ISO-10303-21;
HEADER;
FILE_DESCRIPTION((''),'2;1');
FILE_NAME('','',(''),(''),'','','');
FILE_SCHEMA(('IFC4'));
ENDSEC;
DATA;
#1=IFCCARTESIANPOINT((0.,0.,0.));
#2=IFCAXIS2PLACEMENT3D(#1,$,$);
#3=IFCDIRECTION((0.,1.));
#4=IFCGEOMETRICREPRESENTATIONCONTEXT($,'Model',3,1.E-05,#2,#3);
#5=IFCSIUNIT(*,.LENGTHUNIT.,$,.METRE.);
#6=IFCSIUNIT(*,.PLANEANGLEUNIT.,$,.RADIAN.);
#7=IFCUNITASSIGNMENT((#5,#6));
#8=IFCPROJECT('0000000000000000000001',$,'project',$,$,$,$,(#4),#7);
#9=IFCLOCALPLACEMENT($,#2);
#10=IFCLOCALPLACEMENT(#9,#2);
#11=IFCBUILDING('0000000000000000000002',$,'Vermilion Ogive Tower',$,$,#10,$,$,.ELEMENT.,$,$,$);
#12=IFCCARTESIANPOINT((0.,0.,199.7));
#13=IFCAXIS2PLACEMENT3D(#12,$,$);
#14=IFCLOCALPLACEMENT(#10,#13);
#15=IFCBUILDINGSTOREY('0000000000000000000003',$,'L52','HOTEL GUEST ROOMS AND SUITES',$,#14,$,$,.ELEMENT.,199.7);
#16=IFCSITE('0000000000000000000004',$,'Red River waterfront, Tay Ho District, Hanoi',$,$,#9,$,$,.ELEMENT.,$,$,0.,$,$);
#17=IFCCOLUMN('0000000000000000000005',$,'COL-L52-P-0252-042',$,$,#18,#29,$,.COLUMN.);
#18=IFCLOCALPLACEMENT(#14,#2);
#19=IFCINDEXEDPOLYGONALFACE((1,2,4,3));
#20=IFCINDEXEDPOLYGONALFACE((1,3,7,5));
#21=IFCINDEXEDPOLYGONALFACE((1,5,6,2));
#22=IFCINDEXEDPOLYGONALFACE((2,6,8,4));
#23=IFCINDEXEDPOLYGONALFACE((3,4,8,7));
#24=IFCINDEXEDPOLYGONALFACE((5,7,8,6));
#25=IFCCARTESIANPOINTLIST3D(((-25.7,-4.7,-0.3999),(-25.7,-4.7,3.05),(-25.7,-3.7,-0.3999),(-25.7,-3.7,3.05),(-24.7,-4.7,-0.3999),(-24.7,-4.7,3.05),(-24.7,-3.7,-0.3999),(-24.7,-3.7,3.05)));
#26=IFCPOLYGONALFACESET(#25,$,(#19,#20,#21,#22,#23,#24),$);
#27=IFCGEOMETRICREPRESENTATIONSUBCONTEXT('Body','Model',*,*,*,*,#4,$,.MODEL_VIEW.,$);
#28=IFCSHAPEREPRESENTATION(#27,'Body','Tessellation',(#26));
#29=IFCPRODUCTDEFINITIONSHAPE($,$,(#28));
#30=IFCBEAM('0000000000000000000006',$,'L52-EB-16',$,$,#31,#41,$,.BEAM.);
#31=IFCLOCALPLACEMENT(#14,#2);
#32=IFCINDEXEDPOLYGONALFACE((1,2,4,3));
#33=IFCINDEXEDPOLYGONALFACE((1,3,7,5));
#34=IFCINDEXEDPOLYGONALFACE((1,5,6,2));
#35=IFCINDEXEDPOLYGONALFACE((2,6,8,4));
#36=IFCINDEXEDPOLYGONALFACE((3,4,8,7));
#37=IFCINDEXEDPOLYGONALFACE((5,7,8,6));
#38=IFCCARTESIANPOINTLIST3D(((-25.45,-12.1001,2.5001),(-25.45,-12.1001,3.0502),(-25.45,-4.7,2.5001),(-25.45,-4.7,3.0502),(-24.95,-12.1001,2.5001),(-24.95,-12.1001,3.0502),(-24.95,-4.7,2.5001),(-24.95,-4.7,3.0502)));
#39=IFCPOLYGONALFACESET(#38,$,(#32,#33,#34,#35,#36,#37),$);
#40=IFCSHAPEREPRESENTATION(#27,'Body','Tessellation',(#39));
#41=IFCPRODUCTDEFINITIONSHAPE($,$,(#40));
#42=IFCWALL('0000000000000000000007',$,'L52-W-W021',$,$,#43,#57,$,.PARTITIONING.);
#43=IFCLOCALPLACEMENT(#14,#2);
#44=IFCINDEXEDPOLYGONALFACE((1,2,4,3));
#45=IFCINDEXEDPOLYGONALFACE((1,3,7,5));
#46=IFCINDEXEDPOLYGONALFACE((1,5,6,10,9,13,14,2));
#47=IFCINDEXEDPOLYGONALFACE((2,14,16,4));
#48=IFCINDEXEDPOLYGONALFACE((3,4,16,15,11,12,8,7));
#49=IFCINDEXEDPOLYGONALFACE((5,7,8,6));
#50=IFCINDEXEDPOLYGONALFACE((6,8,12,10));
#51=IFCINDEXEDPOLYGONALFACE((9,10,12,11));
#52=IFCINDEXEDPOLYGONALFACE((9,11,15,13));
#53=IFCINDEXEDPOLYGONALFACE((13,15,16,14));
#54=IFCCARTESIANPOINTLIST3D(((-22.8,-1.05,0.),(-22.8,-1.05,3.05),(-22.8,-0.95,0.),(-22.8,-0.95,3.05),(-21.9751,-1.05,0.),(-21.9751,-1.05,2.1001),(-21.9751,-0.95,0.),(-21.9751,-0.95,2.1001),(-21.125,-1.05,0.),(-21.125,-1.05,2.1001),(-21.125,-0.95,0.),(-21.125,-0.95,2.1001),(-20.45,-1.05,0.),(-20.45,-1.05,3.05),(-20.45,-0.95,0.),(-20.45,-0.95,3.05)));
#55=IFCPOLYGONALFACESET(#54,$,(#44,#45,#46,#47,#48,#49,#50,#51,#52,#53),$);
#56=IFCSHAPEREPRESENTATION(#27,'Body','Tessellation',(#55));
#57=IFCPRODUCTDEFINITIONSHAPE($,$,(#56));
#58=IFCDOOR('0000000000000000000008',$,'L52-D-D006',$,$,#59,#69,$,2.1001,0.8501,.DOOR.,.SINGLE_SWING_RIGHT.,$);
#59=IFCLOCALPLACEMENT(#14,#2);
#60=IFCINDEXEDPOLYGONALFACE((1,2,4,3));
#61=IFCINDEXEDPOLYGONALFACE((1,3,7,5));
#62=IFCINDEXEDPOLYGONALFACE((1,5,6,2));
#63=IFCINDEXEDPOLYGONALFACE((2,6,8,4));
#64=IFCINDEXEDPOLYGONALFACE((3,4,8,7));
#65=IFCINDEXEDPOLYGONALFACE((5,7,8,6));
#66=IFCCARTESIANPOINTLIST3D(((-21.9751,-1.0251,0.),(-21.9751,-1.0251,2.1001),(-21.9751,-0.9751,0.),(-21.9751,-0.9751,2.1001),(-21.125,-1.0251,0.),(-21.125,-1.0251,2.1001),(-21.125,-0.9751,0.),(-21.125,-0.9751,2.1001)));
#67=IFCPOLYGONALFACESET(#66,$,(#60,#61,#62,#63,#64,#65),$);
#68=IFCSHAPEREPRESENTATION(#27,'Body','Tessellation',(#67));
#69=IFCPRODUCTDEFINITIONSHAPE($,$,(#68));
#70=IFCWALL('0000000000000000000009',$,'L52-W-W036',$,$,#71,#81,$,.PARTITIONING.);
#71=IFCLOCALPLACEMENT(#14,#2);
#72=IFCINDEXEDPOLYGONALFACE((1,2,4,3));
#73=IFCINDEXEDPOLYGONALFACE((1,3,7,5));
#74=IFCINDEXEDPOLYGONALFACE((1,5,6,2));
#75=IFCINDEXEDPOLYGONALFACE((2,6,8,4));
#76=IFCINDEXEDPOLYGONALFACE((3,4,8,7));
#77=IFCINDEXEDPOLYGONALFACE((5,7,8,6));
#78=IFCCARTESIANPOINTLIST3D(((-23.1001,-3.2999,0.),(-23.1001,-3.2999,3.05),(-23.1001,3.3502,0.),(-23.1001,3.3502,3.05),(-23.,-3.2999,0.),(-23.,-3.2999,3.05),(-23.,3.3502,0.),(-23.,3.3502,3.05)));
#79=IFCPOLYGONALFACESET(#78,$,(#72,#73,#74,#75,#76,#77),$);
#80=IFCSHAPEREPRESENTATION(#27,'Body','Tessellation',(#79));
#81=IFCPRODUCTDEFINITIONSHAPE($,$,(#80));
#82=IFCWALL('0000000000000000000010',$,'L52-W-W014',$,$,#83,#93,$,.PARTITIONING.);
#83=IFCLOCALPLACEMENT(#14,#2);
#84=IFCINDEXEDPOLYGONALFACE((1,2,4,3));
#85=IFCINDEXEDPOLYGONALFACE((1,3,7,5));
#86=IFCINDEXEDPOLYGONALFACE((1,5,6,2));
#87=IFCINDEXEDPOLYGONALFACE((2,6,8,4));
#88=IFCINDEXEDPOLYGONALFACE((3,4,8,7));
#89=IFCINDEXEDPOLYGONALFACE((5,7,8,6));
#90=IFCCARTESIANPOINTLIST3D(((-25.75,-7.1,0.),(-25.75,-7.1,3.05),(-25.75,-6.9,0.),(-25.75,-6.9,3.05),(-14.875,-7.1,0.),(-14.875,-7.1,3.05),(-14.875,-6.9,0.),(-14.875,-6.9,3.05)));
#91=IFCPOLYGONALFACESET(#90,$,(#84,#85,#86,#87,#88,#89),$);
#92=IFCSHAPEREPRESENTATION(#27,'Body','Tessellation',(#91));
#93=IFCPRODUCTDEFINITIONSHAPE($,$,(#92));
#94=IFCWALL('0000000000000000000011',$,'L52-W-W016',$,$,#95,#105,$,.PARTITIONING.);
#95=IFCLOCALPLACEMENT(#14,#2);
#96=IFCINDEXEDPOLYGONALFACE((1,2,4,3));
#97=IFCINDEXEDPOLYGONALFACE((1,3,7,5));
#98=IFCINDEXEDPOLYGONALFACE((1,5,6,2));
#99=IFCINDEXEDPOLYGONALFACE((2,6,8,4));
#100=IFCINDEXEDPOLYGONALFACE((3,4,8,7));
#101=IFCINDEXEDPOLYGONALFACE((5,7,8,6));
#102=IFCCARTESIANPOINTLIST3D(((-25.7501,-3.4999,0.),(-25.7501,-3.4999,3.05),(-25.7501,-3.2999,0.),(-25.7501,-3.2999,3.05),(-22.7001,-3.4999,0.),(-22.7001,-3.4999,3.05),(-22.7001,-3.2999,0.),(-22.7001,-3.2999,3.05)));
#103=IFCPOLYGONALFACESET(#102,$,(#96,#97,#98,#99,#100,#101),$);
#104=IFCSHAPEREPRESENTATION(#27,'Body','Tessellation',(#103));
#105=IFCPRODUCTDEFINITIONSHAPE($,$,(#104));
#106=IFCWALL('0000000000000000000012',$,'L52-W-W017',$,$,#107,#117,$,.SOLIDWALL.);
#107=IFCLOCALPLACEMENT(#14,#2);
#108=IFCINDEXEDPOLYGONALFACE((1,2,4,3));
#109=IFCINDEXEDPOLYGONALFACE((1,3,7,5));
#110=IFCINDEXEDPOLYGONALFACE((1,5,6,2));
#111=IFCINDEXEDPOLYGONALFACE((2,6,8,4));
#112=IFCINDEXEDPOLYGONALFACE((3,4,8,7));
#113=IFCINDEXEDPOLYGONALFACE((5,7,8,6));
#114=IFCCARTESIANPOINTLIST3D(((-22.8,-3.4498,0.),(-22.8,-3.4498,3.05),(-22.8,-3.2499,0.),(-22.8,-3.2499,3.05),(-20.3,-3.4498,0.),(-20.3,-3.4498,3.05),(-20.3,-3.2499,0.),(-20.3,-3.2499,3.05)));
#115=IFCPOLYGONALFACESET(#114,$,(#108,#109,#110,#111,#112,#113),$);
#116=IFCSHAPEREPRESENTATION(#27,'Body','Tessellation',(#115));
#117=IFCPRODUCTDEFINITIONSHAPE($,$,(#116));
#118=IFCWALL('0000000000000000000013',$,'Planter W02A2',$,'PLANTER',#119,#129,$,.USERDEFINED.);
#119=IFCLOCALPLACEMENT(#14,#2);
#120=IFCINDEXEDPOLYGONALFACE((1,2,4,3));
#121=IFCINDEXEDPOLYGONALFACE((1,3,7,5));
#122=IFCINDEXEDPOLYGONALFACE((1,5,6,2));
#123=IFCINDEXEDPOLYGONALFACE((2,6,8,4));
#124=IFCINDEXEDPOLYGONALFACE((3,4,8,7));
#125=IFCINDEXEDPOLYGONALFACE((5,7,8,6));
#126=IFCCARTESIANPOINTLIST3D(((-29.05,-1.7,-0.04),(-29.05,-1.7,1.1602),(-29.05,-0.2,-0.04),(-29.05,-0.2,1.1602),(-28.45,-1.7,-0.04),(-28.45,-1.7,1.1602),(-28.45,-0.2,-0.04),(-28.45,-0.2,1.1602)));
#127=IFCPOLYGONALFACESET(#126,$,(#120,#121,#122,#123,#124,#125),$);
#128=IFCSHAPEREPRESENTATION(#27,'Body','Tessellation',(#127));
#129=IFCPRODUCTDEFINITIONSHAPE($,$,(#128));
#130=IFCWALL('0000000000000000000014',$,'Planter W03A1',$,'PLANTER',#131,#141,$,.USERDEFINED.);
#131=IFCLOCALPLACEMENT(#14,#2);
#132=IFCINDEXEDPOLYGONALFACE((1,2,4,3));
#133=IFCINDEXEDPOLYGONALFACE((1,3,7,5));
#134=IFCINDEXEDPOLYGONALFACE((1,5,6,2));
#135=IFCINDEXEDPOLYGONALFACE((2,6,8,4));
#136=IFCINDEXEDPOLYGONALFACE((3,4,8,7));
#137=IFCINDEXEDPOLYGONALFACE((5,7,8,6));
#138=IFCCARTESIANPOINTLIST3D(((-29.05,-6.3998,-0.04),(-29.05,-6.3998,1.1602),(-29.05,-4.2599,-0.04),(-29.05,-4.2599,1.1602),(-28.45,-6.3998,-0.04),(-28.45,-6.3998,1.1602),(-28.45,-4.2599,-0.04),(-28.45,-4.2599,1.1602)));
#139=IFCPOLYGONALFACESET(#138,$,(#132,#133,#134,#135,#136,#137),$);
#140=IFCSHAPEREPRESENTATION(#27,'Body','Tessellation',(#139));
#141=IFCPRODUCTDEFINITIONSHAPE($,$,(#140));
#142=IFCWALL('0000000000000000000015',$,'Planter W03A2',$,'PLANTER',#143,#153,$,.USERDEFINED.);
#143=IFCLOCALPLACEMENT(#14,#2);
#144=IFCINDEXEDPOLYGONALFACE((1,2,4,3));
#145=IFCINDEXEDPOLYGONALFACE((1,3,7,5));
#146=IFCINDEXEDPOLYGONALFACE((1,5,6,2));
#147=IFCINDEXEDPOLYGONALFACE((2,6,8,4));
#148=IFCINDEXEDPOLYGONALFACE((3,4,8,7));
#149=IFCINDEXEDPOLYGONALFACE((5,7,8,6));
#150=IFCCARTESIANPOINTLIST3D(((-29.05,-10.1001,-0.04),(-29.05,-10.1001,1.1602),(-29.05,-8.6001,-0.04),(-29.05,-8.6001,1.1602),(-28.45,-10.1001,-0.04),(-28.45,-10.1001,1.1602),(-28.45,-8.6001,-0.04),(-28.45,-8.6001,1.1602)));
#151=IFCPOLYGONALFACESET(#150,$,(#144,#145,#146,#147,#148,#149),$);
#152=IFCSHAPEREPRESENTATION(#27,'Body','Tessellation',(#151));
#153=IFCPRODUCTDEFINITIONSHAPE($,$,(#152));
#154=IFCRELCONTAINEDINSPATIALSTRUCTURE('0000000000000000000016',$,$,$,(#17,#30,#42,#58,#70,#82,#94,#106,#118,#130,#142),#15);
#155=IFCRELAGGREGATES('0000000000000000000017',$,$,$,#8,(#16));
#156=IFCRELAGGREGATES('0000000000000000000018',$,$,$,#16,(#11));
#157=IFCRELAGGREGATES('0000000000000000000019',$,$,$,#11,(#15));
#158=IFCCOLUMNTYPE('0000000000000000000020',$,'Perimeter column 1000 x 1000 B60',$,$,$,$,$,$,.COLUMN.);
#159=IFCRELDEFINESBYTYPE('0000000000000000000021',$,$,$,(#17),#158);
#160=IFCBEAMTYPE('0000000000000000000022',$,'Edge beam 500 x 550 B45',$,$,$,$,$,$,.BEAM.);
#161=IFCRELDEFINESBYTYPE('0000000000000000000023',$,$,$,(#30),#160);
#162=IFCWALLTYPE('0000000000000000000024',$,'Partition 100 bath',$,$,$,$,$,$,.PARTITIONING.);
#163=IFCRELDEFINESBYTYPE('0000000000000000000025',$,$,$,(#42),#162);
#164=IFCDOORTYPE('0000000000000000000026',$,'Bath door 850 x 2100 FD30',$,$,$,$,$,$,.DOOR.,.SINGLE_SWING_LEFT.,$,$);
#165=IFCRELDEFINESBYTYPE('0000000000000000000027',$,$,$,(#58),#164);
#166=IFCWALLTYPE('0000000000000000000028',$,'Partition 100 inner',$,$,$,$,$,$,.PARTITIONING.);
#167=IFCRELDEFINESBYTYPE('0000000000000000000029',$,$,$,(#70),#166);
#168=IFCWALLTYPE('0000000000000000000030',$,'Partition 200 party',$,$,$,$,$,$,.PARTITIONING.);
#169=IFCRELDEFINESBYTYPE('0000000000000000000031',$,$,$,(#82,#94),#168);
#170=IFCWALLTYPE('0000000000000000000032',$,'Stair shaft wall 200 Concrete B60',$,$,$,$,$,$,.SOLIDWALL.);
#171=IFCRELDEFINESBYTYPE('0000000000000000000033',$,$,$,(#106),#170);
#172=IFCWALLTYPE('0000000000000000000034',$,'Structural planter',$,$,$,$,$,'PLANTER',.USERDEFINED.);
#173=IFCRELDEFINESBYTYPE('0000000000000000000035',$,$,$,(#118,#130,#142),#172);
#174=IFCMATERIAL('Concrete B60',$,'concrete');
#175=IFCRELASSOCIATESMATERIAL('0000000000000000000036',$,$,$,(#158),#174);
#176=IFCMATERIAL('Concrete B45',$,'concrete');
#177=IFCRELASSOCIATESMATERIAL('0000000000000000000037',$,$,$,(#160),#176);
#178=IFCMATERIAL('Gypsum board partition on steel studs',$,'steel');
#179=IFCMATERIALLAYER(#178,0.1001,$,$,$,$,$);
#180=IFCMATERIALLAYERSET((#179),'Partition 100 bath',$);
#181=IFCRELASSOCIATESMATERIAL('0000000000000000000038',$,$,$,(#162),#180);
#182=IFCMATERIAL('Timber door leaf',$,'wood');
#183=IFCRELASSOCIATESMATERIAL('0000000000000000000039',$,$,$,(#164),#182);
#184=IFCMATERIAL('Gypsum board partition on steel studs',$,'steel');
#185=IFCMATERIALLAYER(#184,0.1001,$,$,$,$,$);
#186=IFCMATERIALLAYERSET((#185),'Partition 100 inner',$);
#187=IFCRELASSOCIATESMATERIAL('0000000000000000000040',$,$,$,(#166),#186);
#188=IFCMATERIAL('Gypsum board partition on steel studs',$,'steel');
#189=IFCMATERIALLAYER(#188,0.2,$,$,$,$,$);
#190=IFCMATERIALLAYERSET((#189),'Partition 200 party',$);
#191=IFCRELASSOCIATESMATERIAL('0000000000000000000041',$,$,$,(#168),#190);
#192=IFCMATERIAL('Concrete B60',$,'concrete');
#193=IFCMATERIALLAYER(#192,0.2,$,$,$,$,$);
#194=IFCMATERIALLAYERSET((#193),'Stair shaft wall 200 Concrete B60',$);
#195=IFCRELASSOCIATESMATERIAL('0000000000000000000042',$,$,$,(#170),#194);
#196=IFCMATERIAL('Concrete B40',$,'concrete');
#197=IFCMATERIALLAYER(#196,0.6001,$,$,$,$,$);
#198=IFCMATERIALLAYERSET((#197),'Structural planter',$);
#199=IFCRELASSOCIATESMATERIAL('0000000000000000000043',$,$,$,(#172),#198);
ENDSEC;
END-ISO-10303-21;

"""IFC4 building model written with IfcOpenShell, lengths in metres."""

from ifc_helpers import new_model, si_unit, direction, frame, frame_2d, origin, origin_2d, place, context, subcontext, project, spatial, rectangle, extrude, material, layer, layer_set, material_profile, profile_set, type_object, element, fill, save


model = new_model("IFC4")

# Units and contexts
model_context = context("Model", 3, precision=1e-05, world=origin(), true_north=direction((0.0, 1.0)))
body_context = subcontext(model_context, "Body", "Model", "MODEL_VIEW")
ifc_project = project(units=[si_unit("LENGTHUNIT", "METRE"), si_unit("PLANEANGLEUNIT", "RADIAN")], contexts=[model_context])

# Site, building, storey
site_placement = place(None, origin())
site = spatial("IfcSite", under=ifc_project, at=site_placement, Name="Red River waterfront, Tay Ho District, Hanoi", CompositionType="ELEMENT", RefElevation=0.0)
building_placement = place(site_placement, origin())
building = spatial("IfcBuilding", under=site, at=building_placement, Name="Vermilion Ogive Tower", CompositionType="ELEMENT")
storey_placement = place(building_placement, frame((0.0, 0.0, 199.7)))
storey = spatial("IfcBuildingStorey", under=building, at=storey_placement, Name="L52", Description="HOTEL GUEST ROOMS AND SUITES", CompositionType="ELEMENT", Elevation=199.7)

# Column
ifc_material_1 = material(Name="Concrete B60", Category="concrete")
ifc_material_profile_1 = material_profile(ifc_material_1, rectangle(XDim=1.0, YDim=1.0, at=origin_2d()), Name="1000 x 1000")
ifc_profile_set_1 = profile_set([ifc_material_profile_1], Name="Concrete B60")
column_type = type_object("IfcColumnType", Name="Perimeter column 1000 x 1000 B60", PredefinedType="COLUMN", material=ifc_profile_set_1)
column_placement = place(storey_placement, frame((-25.2, -4.2, -0.3999), z_axis=(0.0, 0.0, 1.0), x_axis=(1.0, 0.0, 0.0)))
element("IfcColumn", 1, at=column_placement, inside=storey, type_object=column_type, Name="COL-L52-P-0252-042", PredefinedType="COLUMN", context=body_context, shape_type="SweptSolid", body=[
    extrude(rectangle(XDim=1.0, YDim=1.0, at=origin_2d()), origin(), (0.0, 0.0, 1.0), 3.45),
])

# Beam
ifc_material_2 = material(Name="Concrete B45", Category="concrete")
ifc_material_profile_2 = material_profile(ifc_material_2, rectangle(XDim=0.5, YDim=0.55, at=origin_2d()), Name="500 x 550")
ifc_profile_set_2 = profile_set([ifc_material_profile_2], Name="Concrete B45")
beam_type = type_object("IfcBeamType", Name="Edge beam 500 x 550 B45", PredefinedType="BEAM", material=ifc_profile_set_2)
beam_placement = place(storey_placement, frame((-25.2, -4.7, 2.7751), z_axis=(0.0, -1.0, 0.0), x_axis=(1.0, 0.0, 0.0)))
element("IfcBeam", 2, at=beam_placement, inside=storey, type_object=beam_type, Name="L52-EB-16", PredefinedType="BEAM", context=body_context, shape_type="SweptSolid", body=[
    extrude(rectangle(XDim=0.5, YDim=0.55, at=origin_2d()), origin(), (0.0, 0.0, 1.0), 7.4001),
])

# Wall, opening, door
ifc_material_3 = material(Name="Gypsum board partition on steel studs", Category="steel")
ifc_layer_1 = layer(ifc_material_3, 0.1001)
ifc_layer_set_1 = layer_set([ifc_layer_1], Name="Partition 100 bath")
wall_type_1 = type_object("IfcWallType", Name="Partition 100 bath", PredefinedType="PARTITIONING", material=ifc_layer_set_1)
wall_1_placement = place(storey_placement, frame((-22.8, -1.0, 0.0), z_axis=(0.0, 0.0, 1.0), x_axis=(1.0, 0.0, 0.0)))
wall_1 = element("IfcWall", 3, at=wall_1_placement, inside=storey, type_object=wall_type_1, Name="L52-W-W021", PredefinedType="PARTITIONING", context=body_context, shape_type="SweptSolid", body=[
    extrude(rectangle(XDim=2.3501, YDim=0.1001, at=frame_2d((1.175, 0.0))), origin(), (0.0, 0.0, 1.0), 3.05),
])
opening_1_placement = place(wall_1_placement, frame((0.825, 0.0, 0.0)))
opening_1 = element("IfcOpeningElement", 4, at=opening_1_placement, cuts=wall_1, PredefinedType="OPENING", context=body_context, shape_type="SweptSolid", body=[
    extrude(rectangle(XDim=0.8501, YDim=2.1001, at=frame_2d((0.425, 1.05))), frame((0.0, 0.0601, 0.0), z_axis=(0.0, -1.0, 0.0), x_axis=(1.0, 0.0, 0.0)), (0.0, 0.0, 1.0), 0.1201),
])
ifc_material_4 = material(Name="Timber door leaf", Category="wood")
door_type_1 = type_object("IfcDoorType", Name="Bath door 850 x 2100 FD30", OperationType="SINGLE_SWING_LEFT", PredefinedType="DOOR", material=ifc_material_4)
door_1_placement = place(opening_1_placement, origin())
door_1 = element("IfcDoor", 5, at=door_1_placement, inside=storey, type_object=door_type_1, Name="L52-D-D006", OperationType="SINGLE_SWING_RIGHT", OverallHeight=2.1001, OverallWidth=0.8501, PredefinedType="DOOR", context=body_context, shape_type="SweptSolid", body=[
    extrude(rectangle(XDim=0.8501, YDim=2.1001, at=frame_2d((0.425, 1.05))), frame((0.0, 0.0249, 0.0), z_axis=(0.0, -1.0, 0.0), x_axis=(1.0, 0.0, 0.0)), (0.0, 0.0, 1.0), 0.05),
])
fill(opening_1, door_1)

# Walls
ifc_material_5 = material(Name="Gypsum board partition on steel studs", Category="steel")
ifc_layer_2 = layer(ifc_material_5, 0.1001)
ifc_layer_set_2 = layer_set([ifc_layer_2], Name="Partition 100 inner")
wall_type_2 = type_object("IfcWallType", Name="Partition 100 inner", PredefinedType="PARTITIONING", material=ifc_layer_set_2)
wall_2_placement = place(storey_placement, frame((-23.05, -3.3, 0.0), z_axis=(0.0, 0.0, 1.0), x_axis=(0.0, 1.0, 0.0)))
element("IfcWall", 6, at=wall_2_placement, inside=storey, type_object=wall_type_2, Name="L52-W-W036", PredefinedType="PARTITIONING", context=body_context, shape_type="SweptSolid", body=[
    extrude(rectangle(XDim=6.6501, YDim=0.1001, at=frame_2d((3.3252, 0.0))), origin(), (0.0, 0.0, 1.0), 3.05),
])
ifc_material_6 = material(Name="Gypsum board partition on steel studs", Category="steel")
ifc_layer_3 = layer(ifc_material_6, 0.2)
ifc_layer_set_3 = layer_set([ifc_layer_3], Name="Partition 200 party")
wall_type_3 = type_object("IfcWallType", Name="Partition 200 party", PredefinedType="PARTITIONING", material=ifc_layer_set_3)
wall_3_placement = place(storey_placement, frame((-25.75, -7.0, 0.0), z_axis=(0.0, 0.0, 1.0), x_axis=(1.0, 0.0, 0.0)))
element("IfcWall", 7, at=wall_3_placement, inside=storey, type_object=wall_type_3, Name="L52-W-W014", PredefinedType="PARTITIONING", context=body_context, shape_type="SweptSolid", body=[
    extrude(rectangle(XDim=10.875, YDim=0.2, at=frame_2d((5.4375, 0.0))), origin(), (0.0, 0.0, 1.0), 3.05),
])
wall_4_placement = place(storey_placement, frame((-25.75, -3.3999, 0.0), z_axis=(0.0, 0.0, 1.0), x_axis=(1.0, 0.0, 0.0)))
element("IfcWall", 8, at=wall_4_placement, inside=storey, type_object=wall_type_3, Name="L52-W-W016", PredefinedType="PARTITIONING", context=body_context, shape_type="SweptSolid", body=[
    extrude(rectangle(XDim=3.05, YDim=0.2, at=frame_2d((1.5249, 0.0))), origin(), (0.0, 0.0, 1.0), 3.05),
])
ifc_material_7 = material(Name="Concrete B60", Category="concrete")
ifc_layer_4 = layer(ifc_material_7, 0.2)
ifc_layer_set_4 = layer_set([ifc_layer_4], Name="Stair shaft wall 200 Concrete B60")
wall_type_4 = type_object("IfcWallType", Name="Stair shaft wall 200 Concrete B60", PredefinedType="SOLIDWALL", material=ifc_layer_set_4)
wall_5_placement = place(storey_placement, frame((-22.8, -3.3499, 0.0), z_axis=(0.0, 0.0, 1.0), x_axis=(1.0, 0.0, 0.0)))
element("IfcWall", 9, at=wall_5_placement, inside=storey, type_object=wall_type_4, Name="L52-W-W017", PredefinedType="SOLIDWALL", context=body_context, shape_type="SweptSolid", body=[
    extrude(rectangle(XDim=2.5, YDim=0.2, at=frame_2d((1.25, 0.0))), origin(), (0.0, 0.0, 1.0), 3.05),
])
ifc_material_8 = material(Name="Concrete B40", Category="concrete")
ifc_layer_5 = layer(ifc_material_8, 0.6001)
ifc_layer_set_5 = layer_set([ifc_layer_5], Name="Structural planter")
wall_type_5 = type_object("IfcWallType", Name="Structural planter", ElementType="PLANTER", PredefinedType="USERDEFINED", material=ifc_layer_set_5)
wall_6_placement = place(storey_placement, frame((-28.75, -0.2, -0.04), z_axis=(0.0, 0.0, 1.0), x_axis=(0.0, -1.0, 0.0)))
element("IfcWall", 10, at=wall_6_placement, inside=storey, type_object=wall_type_5, Name="Planter W02A2", ObjectType="PLANTER", PredefinedType="USERDEFINED", context=body_context, shape_type="SweptSolid", body=[
    extrude(rectangle(XDim=1.5, YDim=0.6001, at=frame_2d((0.75, 0.0))), origin(), (0.0, 0.0, 1.0), 1.2002),
])
wall_7_placement = place(storey_placement, frame((-28.75, -4.26, -0.04), z_axis=(0.0, 0.0, 1.0), x_axis=(0.0, -1.0, 0.0)))
element("IfcWall", 11, at=wall_7_placement, inside=storey, type_object=wall_type_5, Name="Planter W03A1", ObjectType="PLANTER", PredefinedType="USERDEFINED", context=body_context, shape_type="SweptSolid", body=[
    extrude(rectangle(XDim=2.1399, YDim=0.6001, at=frame_2d((1.0698, 0.0))), origin(), (0.0, 0.0, 1.0), 1.2002),
])
wall_8_placement = place(storey_placement, frame((-28.75, -8.6001, -0.04), z_axis=(0.0, 0.0, 1.0), x_axis=(0.0, -1.0, 0.0)))
element("IfcWall", 12, at=wall_8_placement, inside=storey, type_object=wall_type_5, Name="Planter W03A2", ObjectType="PLANTER", PredefinedType="USERDEFINED", context=body_context, shape_type="SweptSolid", body=[
    extrude(rectangle(XDim=1.5, YDim=0.6001, at=frame_2d((0.75, 0.0))), origin(), (0.0, 0.0, 1.0), 1.2002),
])

save(model, "model.ifc")
